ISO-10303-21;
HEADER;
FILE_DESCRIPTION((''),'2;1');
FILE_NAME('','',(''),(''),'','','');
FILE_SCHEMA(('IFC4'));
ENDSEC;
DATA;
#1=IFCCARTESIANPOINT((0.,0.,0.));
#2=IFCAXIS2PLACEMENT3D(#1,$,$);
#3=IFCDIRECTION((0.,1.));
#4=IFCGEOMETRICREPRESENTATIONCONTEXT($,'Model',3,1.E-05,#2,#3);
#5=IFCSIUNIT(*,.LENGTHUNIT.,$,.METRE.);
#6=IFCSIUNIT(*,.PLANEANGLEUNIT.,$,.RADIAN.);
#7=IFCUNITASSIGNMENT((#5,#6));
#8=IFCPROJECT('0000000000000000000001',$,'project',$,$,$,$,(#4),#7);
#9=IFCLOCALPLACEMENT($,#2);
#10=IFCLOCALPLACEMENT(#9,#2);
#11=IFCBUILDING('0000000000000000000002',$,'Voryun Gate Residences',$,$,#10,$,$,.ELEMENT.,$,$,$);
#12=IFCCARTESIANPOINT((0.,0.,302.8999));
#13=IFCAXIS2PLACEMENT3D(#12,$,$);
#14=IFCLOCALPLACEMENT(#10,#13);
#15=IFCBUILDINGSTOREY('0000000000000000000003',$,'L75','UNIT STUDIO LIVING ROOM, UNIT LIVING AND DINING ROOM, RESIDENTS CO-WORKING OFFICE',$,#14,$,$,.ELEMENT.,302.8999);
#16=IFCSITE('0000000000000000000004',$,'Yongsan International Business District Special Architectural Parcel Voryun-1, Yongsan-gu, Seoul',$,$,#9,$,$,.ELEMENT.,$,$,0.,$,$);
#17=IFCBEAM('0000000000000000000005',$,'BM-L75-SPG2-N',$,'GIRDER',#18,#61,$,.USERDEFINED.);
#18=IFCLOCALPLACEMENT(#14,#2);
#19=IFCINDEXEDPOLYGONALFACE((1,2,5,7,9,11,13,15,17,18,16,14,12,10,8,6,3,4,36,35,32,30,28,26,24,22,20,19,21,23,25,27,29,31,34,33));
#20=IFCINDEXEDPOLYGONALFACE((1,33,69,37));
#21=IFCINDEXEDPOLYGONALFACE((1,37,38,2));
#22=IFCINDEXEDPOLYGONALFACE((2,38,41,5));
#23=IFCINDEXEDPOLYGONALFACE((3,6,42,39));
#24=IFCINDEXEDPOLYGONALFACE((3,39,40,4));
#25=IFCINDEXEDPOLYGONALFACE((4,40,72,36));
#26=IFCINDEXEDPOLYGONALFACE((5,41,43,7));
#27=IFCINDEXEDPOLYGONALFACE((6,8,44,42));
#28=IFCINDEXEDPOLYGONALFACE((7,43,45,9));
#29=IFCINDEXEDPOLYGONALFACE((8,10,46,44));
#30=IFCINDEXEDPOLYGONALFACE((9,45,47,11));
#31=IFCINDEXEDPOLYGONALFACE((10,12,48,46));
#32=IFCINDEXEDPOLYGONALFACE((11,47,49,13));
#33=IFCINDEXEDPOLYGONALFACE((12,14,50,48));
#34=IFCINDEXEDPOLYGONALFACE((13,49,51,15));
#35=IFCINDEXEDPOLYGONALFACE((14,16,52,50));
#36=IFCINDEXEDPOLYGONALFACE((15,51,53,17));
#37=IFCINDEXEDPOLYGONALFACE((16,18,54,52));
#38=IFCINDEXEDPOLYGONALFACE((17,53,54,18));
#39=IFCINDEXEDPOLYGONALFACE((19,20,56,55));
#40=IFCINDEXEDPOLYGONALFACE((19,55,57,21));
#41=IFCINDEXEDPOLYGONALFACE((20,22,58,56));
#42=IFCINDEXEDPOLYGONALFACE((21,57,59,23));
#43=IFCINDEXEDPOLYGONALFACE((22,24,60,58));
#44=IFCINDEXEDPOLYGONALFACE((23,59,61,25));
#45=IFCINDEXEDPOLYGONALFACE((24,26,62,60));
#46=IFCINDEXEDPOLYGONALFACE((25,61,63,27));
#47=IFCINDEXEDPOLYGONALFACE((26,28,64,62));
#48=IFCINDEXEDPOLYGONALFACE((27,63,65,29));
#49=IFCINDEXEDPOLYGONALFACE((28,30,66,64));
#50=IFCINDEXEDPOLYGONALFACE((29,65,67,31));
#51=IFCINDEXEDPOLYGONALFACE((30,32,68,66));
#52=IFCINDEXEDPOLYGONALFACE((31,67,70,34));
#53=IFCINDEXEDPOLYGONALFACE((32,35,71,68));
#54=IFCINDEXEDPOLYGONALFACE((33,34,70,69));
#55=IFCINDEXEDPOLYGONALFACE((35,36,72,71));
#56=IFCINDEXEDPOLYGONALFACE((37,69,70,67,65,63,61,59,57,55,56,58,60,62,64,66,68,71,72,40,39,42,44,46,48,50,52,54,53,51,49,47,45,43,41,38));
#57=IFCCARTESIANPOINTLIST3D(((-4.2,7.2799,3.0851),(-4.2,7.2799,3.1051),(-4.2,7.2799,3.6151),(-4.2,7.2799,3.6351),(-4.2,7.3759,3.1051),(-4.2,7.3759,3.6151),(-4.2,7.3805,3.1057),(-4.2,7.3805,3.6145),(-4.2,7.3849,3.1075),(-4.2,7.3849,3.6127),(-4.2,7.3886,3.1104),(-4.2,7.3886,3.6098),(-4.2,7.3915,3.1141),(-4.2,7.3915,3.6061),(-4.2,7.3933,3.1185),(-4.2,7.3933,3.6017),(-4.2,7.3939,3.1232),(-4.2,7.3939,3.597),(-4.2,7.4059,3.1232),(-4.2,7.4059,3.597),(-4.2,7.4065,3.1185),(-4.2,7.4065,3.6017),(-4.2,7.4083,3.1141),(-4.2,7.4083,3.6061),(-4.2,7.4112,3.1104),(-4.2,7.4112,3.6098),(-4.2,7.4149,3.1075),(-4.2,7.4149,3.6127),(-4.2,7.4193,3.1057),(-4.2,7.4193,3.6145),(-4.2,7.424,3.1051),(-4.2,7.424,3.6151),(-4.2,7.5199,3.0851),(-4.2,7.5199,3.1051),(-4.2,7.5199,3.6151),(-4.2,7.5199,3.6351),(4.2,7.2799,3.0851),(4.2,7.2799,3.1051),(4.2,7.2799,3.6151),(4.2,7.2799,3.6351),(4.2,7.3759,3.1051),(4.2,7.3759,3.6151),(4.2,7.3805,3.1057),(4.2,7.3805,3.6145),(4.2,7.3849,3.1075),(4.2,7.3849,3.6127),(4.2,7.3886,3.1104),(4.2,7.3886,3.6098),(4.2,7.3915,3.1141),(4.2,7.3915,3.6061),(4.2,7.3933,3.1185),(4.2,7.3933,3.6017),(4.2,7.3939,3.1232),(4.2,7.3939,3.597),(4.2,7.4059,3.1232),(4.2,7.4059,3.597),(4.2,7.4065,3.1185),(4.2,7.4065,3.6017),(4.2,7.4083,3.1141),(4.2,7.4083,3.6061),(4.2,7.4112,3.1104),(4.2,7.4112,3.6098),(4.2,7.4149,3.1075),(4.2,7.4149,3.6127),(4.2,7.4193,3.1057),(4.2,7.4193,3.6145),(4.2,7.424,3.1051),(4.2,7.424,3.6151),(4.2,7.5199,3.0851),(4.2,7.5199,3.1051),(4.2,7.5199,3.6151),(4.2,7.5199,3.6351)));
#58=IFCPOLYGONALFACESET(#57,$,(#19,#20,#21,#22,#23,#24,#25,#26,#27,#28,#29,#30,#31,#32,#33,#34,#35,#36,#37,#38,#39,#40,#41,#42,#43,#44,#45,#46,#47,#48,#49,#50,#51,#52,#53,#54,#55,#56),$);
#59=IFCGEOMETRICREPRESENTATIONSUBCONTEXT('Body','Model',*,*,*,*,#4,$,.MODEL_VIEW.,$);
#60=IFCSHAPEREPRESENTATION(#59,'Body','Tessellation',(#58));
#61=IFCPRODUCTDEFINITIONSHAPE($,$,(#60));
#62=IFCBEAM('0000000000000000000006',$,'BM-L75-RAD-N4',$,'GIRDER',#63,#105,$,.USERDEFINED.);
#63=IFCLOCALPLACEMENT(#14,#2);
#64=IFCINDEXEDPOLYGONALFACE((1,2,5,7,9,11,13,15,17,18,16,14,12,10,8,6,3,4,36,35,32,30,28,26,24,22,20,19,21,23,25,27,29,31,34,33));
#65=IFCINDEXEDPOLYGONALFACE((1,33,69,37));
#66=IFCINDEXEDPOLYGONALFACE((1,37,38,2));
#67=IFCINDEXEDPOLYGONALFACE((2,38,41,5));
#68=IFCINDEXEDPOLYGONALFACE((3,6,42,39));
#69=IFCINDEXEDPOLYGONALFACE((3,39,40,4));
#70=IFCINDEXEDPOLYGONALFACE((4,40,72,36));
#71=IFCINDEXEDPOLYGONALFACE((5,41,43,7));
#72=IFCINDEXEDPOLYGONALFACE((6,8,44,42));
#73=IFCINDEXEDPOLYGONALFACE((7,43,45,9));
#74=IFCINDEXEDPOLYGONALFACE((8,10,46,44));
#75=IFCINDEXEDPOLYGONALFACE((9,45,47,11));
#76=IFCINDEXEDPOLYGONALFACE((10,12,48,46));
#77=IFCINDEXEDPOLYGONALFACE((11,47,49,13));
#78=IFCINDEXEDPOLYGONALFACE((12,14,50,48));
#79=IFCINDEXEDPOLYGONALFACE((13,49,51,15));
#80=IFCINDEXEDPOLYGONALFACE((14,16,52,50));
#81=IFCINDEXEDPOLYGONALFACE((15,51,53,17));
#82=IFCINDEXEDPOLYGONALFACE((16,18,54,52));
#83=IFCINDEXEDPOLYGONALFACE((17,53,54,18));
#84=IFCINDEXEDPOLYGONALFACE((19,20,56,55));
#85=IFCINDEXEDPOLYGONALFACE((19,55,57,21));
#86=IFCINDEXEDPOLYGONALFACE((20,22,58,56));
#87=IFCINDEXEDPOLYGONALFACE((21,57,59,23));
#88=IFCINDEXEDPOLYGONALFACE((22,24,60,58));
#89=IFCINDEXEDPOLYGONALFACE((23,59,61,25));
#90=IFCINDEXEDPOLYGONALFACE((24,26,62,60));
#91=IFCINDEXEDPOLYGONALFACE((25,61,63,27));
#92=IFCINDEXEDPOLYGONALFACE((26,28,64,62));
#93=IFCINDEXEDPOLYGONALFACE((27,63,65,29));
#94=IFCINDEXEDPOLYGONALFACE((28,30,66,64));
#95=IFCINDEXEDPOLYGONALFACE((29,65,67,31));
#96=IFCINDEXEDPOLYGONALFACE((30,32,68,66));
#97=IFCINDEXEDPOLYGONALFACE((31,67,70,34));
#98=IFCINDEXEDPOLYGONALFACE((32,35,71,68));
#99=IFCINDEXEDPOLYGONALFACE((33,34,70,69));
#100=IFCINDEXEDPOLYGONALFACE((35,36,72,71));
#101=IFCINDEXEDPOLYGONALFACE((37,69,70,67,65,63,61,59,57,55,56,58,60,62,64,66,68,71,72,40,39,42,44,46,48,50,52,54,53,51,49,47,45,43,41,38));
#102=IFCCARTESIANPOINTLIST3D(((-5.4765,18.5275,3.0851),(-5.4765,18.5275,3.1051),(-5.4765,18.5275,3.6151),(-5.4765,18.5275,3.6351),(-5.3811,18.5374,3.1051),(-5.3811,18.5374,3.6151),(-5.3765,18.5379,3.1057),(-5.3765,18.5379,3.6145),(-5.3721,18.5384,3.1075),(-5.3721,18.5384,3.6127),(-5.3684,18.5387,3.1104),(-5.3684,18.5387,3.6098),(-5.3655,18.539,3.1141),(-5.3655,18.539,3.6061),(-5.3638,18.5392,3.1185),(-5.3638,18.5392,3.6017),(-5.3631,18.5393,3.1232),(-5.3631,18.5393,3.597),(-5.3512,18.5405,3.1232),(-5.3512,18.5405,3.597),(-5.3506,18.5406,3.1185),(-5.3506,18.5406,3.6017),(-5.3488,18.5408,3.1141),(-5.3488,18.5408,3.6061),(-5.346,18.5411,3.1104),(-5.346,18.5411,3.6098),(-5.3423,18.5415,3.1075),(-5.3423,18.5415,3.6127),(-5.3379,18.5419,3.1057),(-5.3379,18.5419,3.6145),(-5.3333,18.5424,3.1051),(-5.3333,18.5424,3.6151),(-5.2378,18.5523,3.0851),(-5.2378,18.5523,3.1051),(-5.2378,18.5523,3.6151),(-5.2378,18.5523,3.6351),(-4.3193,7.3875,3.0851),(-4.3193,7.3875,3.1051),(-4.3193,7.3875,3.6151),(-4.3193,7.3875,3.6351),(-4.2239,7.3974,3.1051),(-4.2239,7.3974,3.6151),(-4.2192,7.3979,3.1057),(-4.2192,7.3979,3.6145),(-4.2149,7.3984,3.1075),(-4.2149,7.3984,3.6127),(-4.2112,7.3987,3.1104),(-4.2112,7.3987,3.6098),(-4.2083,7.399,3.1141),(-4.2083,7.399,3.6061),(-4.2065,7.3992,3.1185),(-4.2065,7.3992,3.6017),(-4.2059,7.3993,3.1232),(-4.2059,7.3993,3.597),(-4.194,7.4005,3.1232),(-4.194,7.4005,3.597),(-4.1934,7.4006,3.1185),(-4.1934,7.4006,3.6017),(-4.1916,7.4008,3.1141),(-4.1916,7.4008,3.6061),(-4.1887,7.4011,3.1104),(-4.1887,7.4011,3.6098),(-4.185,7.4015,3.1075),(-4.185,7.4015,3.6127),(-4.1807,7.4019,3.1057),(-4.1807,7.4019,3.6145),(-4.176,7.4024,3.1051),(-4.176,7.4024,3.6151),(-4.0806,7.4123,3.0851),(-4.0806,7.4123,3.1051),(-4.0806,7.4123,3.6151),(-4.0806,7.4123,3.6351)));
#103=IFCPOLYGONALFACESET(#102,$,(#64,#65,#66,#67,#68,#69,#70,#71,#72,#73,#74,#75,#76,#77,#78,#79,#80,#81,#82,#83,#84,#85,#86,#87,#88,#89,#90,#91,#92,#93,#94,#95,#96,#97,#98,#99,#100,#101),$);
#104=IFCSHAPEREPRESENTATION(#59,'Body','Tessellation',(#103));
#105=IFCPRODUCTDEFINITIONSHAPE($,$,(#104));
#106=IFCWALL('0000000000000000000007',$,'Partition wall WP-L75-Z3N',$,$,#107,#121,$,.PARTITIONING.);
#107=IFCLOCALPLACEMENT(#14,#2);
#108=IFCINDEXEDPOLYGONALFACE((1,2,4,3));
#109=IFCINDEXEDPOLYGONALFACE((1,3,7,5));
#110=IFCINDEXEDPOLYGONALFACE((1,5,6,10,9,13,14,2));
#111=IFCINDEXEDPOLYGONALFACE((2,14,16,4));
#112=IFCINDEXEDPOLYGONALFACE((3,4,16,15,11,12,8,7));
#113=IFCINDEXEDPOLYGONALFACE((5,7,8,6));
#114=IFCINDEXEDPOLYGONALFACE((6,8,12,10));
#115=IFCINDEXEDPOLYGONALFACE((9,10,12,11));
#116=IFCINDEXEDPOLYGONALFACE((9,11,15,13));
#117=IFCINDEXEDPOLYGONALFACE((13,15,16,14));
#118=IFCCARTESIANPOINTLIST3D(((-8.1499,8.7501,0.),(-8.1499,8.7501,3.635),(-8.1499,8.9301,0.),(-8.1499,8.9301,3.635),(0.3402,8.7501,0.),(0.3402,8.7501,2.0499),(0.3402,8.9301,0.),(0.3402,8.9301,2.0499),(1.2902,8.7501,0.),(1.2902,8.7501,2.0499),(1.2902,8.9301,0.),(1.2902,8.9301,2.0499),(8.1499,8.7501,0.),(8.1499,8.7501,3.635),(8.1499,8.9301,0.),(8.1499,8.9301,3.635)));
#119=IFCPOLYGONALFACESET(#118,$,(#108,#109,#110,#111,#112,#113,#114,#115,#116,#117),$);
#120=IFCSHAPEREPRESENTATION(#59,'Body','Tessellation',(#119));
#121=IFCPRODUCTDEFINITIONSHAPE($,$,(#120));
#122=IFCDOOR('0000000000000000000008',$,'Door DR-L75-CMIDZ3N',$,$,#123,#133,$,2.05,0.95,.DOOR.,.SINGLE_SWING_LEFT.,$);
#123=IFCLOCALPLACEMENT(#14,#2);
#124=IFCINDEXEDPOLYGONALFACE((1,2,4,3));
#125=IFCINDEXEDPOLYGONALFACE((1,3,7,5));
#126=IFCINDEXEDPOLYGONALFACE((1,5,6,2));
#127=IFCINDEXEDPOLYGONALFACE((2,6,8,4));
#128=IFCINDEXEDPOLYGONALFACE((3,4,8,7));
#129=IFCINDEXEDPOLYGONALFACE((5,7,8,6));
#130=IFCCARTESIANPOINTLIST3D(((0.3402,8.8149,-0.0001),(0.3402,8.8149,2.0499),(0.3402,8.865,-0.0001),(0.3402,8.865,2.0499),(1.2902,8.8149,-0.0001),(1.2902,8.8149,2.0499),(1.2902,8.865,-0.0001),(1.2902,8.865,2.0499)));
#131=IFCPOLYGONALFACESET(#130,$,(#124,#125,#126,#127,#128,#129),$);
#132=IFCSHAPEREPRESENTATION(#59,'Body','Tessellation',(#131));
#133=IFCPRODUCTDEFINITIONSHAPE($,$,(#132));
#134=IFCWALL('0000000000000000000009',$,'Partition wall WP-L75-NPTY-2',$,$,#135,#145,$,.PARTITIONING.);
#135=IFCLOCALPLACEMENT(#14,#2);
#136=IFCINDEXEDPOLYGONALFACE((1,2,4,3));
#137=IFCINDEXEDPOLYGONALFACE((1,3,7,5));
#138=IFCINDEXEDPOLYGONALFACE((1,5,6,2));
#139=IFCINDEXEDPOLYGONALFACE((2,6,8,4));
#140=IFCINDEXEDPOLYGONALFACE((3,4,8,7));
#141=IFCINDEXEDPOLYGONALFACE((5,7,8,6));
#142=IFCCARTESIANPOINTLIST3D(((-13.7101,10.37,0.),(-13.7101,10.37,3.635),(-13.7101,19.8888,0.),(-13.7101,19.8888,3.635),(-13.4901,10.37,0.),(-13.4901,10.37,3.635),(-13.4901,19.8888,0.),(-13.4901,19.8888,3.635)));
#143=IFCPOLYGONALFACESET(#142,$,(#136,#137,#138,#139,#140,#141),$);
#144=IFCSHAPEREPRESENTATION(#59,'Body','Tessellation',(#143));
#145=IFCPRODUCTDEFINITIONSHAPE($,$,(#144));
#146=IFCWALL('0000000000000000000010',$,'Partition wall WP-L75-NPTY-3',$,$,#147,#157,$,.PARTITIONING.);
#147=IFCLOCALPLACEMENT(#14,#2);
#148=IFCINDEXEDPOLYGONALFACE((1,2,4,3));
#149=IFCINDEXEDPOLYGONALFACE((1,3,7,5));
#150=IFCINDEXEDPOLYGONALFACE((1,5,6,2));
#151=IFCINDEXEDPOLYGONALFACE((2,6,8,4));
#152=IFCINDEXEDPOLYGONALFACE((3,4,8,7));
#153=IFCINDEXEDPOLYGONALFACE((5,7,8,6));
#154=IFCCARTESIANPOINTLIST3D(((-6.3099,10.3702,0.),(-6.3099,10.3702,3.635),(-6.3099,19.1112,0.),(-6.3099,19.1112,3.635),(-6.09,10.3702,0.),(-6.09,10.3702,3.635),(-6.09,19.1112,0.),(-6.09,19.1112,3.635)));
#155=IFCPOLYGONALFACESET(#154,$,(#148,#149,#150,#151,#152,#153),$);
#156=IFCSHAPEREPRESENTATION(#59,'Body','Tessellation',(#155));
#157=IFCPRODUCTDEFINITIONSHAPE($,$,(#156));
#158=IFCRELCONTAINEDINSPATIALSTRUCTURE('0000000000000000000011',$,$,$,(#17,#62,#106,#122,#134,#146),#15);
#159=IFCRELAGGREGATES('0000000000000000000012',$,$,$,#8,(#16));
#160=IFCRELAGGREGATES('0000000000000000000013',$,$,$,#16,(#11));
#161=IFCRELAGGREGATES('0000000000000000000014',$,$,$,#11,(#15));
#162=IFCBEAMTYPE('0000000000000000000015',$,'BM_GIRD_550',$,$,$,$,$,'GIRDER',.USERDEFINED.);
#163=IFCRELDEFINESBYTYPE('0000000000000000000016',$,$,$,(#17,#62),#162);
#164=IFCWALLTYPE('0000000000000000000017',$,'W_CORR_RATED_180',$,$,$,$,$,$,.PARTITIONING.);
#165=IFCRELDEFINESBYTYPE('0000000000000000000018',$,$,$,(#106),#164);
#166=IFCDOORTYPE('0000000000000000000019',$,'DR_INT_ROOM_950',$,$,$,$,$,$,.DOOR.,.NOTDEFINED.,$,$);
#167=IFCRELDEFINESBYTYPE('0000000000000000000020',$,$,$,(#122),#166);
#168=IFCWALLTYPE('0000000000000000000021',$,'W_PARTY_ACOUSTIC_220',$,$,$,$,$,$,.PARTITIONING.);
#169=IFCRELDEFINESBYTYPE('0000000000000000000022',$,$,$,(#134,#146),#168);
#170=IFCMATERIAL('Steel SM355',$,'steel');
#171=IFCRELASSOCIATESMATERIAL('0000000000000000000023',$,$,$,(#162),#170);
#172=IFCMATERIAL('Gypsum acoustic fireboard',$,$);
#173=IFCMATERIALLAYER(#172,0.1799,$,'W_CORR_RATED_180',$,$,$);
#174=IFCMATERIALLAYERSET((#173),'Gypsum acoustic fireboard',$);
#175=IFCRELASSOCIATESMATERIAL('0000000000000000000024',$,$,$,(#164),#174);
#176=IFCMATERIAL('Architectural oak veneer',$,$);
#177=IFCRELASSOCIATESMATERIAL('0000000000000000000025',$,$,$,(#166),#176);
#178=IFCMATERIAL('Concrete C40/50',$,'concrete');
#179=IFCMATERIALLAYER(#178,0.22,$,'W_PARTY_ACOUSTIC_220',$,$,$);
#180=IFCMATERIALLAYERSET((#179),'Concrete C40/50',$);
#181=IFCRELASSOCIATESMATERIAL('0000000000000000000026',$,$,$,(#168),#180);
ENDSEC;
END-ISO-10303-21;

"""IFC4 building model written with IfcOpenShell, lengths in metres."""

from ifc_helpers import new_model, si_unit, direction, frame, frame_2d, origin, origin_2d, place, context, subcontext, project, spatial, rectangle, i_section, extrude, material, layer, layer_set, material_profile, profile_set, type_object, element, fill, save


model = new_model("IFC4")

# Units and contexts
model_context = context("Model", 3, precision=1e-05, world=origin(), true_north=direction((0.0, 1.0)))
body_context = subcontext(model_context, "Body", "Model", "MODEL_VIEW")
ifc_project = project(units=[si_unit("LENGTHUNIT", "METRE"), si_unit("PLANEANGLEUNIT", "RADIAN")], contexts=[model_context])

# Site, building, storey
site_placement = place(None, origin())
site = spatial("IfcSite", under=ifc_project, at=site_placement, Name="Yongsan International Business District Special Architectural Parcel Voryun-1, Yongsan-gu, Seoul", CompositionType="ELEMENT", RefElevation=0.0)
building_placement = place(site_placement, origin())
building = spatial("IfcBuilding", under=site, at=building_placement, Name="Voryun Gate Residences", CompositionType="ELEMENT")
storey_placement = place(building_placement, frame((0.0, 0.0, 302.8999)))
storey = spatial("IfcBuildingStorey", under=building, at=storey_placement, Name="L75", Description="UNIT STUDIO LIVING ROOM, UNIT LIVING AND DINING ROOM, RESIDENTS CO-WORKING OFFICE", CompositionType="ELEMENT", Elevation=302.8999)

# Beams
ifc_material_1 = material(Name="Steel SM355", Category="steel")
ifc_material_profile_1 = material_profile(ifc_material_1, i_section(OverallWidth=0.24, OverallDepth=0.55, WebThickness=0.012, FlangeThickness=0.02, FilletRadius=0.0181, at=origin_2d()), Name="H-550x240x12x20")
ifc_profile_set_1 = profile_set([ifc_material_profile_1], Name="Steel SM355")
beam_type_1 = type_object("IfcBeamType", Name="BM_GIRD_550", ElementType="GIRDER", PredefinedType="USERDEFINED", material=ifc_profile_set_1)
beam_1_placement = place(storey_placement, frame((-4.2, 7.3999, 3.3601), z_axis=(1.0, 0.0, 0.0), x_axis=(0.0, 1.0, 0.0)))
element("IfcBeam", 1, at=beam_1_placement, inside=storey, type_object=beam_type_1, Name="BM-L75-SPG2-N", ObjectType="GIRDER", PredefinedType="USERDEFINED", context=body_context, shape_type="SweptSolid", body=[
    extrude(i_section(OverallWidth=0.24, OverallDepth=0.55, WebThickness=0.012, FlangeThickness=0.02, FilletRadius=0.0181, at=origin_2d()), origin(), (0.0, 0.0, 1.0), 8.3999),
])
beam_2_placement = place(storey_placement, frame((-4.2, 7.3999, 3.3601), z_axis=(-0.103325, 0.994648, 0.0), x_axis=(-0.994648, -0.103325, 0.0)))
element("IfcBeam", 2, at=beam_2_placement, inside=storey, type_object=beam_type_1, Name="BM-L75-RAD-N4", ObjectType="GIRDER", PredefinedType="USERDEFINED", context=body_context, shape_type="SweptSolid", body=[
    extrude(i_section(OverallWidth=0.24, OverallDepth=0.55, WebThickness=0.012, FlangeThickness=0.02, FilletRadius=0.0181, at=origin_2d()), origin(), (0.0, 0.0, 1.0), 11.2),
])

# Wall, opening, door
ifc_material_2 = material(Name="Gypsum acoustic fireboard")
ifc_layer_1 = layer(ifc_material_2, 0.1799, Name="W_CORR_RATED_180")
ifc_layer_set_1 = layer_set([ifc_layer_1], Name="Gypsum acoustic fireboard")
wall_type_1 = type_object("IfcWallType", Name="W_CORR_RATED_180", PredefinedType="PARTITIONING", material=ifc_layer_set_1)
wall_1_placement = place(storey_placement, frame((-8.1499, 8.8401, 0.0), z_axis=(0.0, 0.0, 1.0), x_axis=(1.0, 0.0, 0.0)))
wall_1 = element("IfcWall", 3, at=wall_1_placement, inside=storey, type_object=wall_type_1, Name="Partition wall WP-L75-Z3N", PredefinedType="PARTITIONING", context=body_context, shape_type="SweptSolid", body=[
    extrude(rectangle(XDim=16.2998, YDim=0.1799, at=frame_2d((8.1499, 0.0))), origin(), (0.0, 0.0, 1.0), 3.635),
])
opening_1_placement = place(wall_1_placement, frame((8.49, 0.0, 0.0)))
opening_1 = element("IfcOpeningElement", 4, at=opening_1_placement, cuts=wall_1, PredefinedType="OPENING", context=body_context, shape_type="SweptSolid", body=[
    extrude(rectangle(XDim=0.95, YDim=2.05, at=frame_2d((0.4751, 1.0249))), frame((0.0, 0.0999, 0.0), z_axis=(0.0, -1.0, 0.0), x_axis=(1.0, 0.0, 0.0)), (0.0, 0.0, 1.0), 0.2),
])
ifc_material_3 = material(Name="Architectural oak veneer")
door_type_1 = type_object("IfcDoorType", Name="DR_INT_ROOM_950", OperationType="NOTDEFINED", PredefinedType="DOOR", material=ifc_material_3)
door_1_placement = place(opening_1_placement, origin())
door_1 = element("IfcDoor", 5, at=door_1_placement, inside=storey, type_object=door_type_1, Name="Door DR-L75-CMIDZ3N", OperationType="SINGLE_SWING_LEFT", OverallHeight=2.05, OverallWidth=0.95, PredefinedType="DOOR", context=body_context, shape_type="SweptSolid", body=[
    extrude(rectangle(XDim=0.95, YDim=2.05, at=frame_2d((0.4751, 1.0249))), frame((0.0, 0.0249, 0.0), z_axis=(0.0, -1.0, 0.0), x_axis=(1.0, 0.0, 0.0)), (0.0, 0.0, 1.0), 0.05),
])
fill(opening_1, door_1)

# Walls
ifc_material_4 = material(Name="Concrete C40/50", Category="concrete")
ifc_layer_2 = layer(ifc_material_4, 0.22, Name="W_PARTY_ACOUSTIC_220")
ifc_layer_set_2 = layer_set([ifc_layer_2], Name="Concrete C40/50")
wall_type_2 = type_object("IfcWallType", Name="W_PARTY_ACOUSTIC_220", PredefinedType="PARTITIONING", material=ifc_layer_set_2)
wall_2_placement = place(storey_placement, frame((-13.6001, 10.3701, 0.0), z_axis=(0.0, 0.0, 1.0), x_axis=(0.0, 1.0, 0.0)))
element("IfcWall", 6, at=wall_2_placement, inside=storey, type_object=wall_type_2, Name="Partition wall WP-L75-NPTY-2", PredefinedType="PARTITIONING", context=body_context, shape_type="SweptSolid", body=[
    extrude(rectangle(XDim=9.5188, YDim=0.22, at=frame_2d((4.7593, 0.0))), origin(), (0.0, 0.0, 1.0), 3.635),
])
wall_3_placement = place(storey_placement, frame((-6.2, 10.3701, 0.0), z_axis=(0.0, 0.0, 1.0), x_axis=(0.0, 1.0, 0.0)))
element("IfcWall", 7, at=wall_3_placement, inside=storey, type_object=wall_type_2, Name="Partition wall WP-L75-NPTY-3", PredefinedType="PARTITIONING", context=body_context, shape_type="SweptSolid", body=[
    extrude(rectangle(XDim=8.741, YDim=0.22, at=frame_2d((4.3706, 0.0))), origin(), (0.0, 0.0, 1.0), 3.635),
])

save(model, "model.ifc")
